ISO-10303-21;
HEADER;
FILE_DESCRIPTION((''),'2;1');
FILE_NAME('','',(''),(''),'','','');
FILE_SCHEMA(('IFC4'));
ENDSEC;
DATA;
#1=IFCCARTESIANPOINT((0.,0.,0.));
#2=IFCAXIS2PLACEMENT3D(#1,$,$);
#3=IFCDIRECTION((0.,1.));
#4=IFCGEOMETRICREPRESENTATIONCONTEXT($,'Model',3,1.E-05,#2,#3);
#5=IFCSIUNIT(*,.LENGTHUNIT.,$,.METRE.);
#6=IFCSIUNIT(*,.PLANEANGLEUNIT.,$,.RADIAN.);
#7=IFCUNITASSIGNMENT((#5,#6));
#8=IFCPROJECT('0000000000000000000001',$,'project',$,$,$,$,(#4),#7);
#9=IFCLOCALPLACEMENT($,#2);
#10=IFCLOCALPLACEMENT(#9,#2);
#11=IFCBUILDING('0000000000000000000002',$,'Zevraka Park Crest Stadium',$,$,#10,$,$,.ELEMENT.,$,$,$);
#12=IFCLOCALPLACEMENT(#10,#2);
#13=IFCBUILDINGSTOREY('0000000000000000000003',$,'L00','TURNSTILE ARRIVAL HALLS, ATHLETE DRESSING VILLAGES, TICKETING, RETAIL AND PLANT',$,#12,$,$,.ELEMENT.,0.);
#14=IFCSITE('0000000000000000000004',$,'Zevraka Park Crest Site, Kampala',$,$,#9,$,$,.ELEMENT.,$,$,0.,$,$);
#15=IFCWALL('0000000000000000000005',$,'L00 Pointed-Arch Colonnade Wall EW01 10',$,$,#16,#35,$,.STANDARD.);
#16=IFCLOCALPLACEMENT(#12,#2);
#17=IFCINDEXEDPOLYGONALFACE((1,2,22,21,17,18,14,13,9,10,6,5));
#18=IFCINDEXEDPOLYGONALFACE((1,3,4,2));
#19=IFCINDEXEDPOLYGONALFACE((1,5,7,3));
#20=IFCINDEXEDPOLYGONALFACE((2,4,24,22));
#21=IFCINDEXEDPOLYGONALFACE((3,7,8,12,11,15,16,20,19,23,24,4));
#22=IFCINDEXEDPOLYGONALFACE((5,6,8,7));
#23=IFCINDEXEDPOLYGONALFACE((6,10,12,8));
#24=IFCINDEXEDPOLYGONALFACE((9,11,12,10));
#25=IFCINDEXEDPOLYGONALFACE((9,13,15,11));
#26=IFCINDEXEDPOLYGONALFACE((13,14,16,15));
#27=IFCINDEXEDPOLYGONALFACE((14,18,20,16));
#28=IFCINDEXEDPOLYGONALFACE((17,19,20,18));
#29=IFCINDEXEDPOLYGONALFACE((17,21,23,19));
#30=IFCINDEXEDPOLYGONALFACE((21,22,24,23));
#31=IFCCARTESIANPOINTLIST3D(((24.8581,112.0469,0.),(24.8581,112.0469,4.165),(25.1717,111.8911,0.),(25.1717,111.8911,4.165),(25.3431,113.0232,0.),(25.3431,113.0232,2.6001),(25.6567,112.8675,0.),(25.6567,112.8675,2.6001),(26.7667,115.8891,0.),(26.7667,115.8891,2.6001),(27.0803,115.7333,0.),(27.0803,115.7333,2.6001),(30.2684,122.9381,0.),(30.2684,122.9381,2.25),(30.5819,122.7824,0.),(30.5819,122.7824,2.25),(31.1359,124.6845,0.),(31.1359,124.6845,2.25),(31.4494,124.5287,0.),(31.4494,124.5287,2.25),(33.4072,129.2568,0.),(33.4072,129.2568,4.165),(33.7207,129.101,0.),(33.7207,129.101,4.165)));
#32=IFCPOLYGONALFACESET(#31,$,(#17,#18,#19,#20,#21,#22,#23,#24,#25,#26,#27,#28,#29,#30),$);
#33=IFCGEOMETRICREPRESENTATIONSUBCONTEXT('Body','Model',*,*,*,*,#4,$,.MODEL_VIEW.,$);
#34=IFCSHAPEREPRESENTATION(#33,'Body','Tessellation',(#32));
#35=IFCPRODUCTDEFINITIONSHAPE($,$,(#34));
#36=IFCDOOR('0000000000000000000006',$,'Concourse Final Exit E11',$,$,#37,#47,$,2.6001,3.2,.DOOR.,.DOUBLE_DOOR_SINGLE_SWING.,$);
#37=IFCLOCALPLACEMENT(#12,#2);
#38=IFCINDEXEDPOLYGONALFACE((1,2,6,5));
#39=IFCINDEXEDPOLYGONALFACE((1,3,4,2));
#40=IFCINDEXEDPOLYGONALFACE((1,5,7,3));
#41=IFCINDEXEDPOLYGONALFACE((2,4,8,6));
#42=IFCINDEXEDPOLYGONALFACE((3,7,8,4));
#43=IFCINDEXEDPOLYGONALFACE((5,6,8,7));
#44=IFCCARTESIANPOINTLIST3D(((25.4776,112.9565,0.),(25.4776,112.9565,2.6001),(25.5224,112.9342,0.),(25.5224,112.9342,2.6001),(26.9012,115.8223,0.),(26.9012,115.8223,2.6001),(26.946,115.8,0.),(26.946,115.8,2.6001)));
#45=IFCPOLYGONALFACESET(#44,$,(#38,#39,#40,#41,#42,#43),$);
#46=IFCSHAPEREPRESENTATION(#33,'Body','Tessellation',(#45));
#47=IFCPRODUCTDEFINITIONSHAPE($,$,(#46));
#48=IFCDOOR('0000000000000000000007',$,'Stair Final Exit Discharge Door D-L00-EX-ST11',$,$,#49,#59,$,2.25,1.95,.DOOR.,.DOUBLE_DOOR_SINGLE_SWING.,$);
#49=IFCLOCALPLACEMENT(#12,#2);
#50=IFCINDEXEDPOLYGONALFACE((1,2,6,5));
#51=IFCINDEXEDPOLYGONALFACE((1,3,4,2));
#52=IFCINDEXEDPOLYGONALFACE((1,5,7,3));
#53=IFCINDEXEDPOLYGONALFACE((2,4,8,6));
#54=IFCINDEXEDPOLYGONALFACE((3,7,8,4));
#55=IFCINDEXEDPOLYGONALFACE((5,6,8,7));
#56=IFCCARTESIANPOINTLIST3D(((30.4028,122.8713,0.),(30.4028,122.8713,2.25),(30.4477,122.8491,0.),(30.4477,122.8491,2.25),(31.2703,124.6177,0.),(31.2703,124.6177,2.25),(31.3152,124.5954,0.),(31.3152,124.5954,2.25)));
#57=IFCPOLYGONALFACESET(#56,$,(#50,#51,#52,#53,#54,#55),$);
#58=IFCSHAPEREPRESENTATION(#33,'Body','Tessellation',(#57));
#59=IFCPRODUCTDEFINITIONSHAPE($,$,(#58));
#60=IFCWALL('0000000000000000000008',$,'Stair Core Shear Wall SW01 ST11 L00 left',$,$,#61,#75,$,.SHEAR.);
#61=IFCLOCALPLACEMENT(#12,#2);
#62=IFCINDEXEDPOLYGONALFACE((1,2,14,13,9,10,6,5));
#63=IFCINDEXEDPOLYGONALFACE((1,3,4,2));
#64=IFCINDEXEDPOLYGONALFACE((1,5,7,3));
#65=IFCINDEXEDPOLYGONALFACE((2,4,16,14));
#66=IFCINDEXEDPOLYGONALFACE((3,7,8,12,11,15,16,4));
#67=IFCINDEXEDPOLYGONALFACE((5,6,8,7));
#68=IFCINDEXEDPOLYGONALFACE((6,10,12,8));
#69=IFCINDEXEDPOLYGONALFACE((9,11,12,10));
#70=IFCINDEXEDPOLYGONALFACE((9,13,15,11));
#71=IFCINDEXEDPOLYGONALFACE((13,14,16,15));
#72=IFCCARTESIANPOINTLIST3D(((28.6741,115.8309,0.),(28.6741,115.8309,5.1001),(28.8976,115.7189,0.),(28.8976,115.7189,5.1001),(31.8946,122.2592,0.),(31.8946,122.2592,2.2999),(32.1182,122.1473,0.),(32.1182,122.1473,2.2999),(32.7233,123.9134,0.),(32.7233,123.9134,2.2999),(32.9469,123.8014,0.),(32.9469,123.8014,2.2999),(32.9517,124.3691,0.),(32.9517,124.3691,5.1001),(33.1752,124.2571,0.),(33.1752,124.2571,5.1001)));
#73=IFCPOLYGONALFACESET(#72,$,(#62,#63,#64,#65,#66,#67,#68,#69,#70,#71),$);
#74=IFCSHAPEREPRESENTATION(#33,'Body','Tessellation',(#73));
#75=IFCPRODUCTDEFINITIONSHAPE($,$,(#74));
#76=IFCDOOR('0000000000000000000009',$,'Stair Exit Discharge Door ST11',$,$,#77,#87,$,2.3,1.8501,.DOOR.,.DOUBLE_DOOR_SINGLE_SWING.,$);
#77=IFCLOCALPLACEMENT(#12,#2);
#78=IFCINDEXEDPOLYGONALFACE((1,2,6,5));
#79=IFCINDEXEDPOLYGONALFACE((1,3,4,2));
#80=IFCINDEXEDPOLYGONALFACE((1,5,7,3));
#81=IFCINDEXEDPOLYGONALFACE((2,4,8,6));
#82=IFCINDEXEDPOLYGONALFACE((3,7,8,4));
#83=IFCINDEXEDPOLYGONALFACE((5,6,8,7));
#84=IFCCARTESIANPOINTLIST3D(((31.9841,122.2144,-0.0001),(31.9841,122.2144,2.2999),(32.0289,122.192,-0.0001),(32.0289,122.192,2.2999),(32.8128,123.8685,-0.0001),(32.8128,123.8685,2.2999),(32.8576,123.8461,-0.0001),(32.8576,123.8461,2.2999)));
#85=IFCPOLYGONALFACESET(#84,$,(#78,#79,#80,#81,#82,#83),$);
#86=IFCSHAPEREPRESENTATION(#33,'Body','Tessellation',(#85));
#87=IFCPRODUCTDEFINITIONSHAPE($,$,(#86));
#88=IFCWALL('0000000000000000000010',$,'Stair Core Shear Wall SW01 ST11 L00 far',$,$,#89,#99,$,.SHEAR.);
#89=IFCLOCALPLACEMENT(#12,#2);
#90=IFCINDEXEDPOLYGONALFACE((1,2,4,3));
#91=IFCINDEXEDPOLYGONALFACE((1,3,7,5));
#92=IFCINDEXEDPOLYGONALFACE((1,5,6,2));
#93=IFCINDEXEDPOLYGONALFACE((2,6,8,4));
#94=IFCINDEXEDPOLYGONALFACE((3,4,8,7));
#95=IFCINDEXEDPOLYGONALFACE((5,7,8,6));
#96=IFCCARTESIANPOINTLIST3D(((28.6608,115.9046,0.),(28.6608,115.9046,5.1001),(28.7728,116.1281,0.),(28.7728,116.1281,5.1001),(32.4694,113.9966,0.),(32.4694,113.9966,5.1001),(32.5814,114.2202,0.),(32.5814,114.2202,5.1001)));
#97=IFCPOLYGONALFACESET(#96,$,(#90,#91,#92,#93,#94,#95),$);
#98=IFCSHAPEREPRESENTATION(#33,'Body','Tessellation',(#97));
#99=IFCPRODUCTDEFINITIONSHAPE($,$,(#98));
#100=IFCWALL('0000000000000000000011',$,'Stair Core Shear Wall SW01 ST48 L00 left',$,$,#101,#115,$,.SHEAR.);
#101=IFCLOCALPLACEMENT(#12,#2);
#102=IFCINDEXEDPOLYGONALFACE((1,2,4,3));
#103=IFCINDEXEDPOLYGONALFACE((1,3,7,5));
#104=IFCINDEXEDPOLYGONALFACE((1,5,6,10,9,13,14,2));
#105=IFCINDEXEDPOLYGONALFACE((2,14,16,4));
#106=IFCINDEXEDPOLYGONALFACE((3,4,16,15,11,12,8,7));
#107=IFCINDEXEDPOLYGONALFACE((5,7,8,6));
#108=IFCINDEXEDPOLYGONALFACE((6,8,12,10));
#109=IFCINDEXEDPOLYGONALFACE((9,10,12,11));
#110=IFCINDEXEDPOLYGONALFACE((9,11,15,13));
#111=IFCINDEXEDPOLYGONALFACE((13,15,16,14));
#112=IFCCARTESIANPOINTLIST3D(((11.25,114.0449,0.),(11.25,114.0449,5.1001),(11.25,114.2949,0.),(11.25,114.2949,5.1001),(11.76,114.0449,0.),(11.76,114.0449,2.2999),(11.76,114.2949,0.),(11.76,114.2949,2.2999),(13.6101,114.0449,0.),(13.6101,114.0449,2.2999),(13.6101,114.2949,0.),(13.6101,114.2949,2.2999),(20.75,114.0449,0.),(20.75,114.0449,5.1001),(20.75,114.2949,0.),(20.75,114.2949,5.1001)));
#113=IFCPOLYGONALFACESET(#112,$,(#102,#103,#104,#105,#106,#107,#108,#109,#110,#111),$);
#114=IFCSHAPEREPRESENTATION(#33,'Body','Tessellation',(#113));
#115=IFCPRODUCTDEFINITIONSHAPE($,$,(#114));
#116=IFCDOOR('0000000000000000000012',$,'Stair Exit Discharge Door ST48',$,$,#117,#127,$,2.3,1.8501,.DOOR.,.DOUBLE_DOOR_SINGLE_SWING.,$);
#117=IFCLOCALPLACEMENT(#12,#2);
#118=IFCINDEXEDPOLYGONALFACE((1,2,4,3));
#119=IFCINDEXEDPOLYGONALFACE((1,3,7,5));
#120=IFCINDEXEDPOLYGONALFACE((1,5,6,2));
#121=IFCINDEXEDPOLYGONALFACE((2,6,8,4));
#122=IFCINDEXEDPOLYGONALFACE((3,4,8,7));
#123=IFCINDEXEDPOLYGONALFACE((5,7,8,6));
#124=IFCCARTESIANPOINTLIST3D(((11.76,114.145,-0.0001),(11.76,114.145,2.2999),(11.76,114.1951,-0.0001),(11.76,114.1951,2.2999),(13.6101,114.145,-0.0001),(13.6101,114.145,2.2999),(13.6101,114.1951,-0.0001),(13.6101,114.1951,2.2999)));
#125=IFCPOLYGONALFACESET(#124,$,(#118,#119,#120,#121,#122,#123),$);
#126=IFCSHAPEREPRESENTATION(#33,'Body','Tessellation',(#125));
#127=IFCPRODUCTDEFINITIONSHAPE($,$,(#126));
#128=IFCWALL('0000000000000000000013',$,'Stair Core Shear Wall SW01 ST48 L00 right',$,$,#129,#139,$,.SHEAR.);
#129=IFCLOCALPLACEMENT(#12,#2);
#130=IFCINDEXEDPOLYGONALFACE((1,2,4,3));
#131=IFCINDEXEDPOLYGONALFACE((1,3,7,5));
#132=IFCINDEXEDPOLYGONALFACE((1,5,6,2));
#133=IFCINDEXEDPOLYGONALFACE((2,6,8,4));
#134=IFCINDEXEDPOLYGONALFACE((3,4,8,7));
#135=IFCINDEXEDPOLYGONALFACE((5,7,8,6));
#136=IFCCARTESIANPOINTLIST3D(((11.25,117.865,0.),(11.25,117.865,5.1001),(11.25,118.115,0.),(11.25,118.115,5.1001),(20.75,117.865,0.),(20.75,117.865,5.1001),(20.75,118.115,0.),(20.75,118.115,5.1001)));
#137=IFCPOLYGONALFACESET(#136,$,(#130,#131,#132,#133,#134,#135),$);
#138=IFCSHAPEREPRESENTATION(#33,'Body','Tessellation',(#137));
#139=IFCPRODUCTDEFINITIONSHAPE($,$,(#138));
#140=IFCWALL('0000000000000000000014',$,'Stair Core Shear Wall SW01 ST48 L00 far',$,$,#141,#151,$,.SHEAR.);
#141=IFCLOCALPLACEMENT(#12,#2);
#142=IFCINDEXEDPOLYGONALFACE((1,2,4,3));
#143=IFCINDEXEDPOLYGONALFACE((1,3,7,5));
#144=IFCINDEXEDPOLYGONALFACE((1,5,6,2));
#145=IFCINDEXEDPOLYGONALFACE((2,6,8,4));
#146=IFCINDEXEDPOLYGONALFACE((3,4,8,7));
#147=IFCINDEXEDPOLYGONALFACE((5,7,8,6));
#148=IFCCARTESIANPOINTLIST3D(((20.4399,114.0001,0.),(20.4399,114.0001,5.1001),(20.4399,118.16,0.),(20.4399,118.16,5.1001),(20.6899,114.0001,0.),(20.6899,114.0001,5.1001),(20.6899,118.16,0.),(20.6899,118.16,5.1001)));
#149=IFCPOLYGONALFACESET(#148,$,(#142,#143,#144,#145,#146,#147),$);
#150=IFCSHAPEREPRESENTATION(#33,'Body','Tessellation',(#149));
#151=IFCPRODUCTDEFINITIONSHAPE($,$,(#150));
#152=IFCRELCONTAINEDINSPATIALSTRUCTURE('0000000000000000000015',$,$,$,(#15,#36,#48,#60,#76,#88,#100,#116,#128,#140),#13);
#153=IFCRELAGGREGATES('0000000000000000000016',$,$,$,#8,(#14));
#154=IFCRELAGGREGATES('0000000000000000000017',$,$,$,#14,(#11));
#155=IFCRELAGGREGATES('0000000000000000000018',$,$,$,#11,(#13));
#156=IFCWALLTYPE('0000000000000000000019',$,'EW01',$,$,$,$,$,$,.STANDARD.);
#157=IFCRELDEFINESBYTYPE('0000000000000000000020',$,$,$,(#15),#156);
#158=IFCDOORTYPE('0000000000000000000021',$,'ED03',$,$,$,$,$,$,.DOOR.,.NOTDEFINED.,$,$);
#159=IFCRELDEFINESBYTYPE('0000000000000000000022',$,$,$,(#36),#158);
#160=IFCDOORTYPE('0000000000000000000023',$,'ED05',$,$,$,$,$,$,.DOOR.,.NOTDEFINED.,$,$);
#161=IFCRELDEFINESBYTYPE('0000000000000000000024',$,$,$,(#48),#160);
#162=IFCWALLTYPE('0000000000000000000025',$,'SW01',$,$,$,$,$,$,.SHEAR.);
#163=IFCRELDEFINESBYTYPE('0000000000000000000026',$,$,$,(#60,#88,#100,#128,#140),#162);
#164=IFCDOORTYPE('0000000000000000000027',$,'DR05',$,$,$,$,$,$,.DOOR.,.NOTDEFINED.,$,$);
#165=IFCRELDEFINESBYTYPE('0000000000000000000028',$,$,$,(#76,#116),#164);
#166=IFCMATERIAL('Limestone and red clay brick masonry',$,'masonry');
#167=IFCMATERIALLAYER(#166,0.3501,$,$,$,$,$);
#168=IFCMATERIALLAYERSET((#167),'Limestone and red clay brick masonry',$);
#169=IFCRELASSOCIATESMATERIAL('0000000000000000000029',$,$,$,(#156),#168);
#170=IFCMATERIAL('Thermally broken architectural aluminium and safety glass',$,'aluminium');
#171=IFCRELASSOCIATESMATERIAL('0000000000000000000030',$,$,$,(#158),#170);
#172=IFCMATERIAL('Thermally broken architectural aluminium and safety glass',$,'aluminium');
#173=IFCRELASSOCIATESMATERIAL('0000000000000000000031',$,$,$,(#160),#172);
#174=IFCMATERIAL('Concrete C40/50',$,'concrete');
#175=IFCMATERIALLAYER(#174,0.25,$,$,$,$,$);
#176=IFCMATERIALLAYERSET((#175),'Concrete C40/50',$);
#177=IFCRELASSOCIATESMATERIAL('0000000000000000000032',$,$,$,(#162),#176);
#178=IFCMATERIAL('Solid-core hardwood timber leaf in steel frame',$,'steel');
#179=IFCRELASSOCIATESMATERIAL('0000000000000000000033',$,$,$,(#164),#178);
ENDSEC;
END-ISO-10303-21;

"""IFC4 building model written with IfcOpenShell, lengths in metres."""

from ifc_helpers import new_model, si_unit, direction, frame, frame_2d, origin, place, context, subcontext, project, spatial, rectangle, extrude, material, layer, layer_set, type_object, element, fill, save


model = new_model("IFC4")

# Units and contexts
model_context = context("Model", 3, precision=1e-05, world=origin(), true_north=direction((0.0, 1.0)))
body_context = subcontext(model_context, "Body", "Model", "MODEL_VIEW")
ifc_project = project(units=[si_unit("LENGTHUNIT", "METRE"), si_unit("PLANEANGLEUNIT", "RADIAN")], contexts=[model_context])

# Site, building, storey
site_placement = place(None, origin())
site = spatial("IfcSite", under=ifc_project, at=site_placement, Name="Zevraka Park Crest Site, Kampala", CompositionType="ELEMENT", RefElevation=0.0)
building_placement = place(site_placement, origin())
building = spatial("IfcBuilding", under=site, at=building_placement, Name="Zevraka Park Crest Stadium", CompositionType="ELEMENT")
storey_placement = place(building_placement, origin())
storey = spatial("IfcBuildingStorey", under=building, at=storey_placement, Name="L00", Description="TURNSTILE ARRIVAL HALLS, ATHLETE DRESSING VILLAGES, TICKETING, RETAIL AND PLANT", CompositionType="ELEMENT", Elevation=0.0)

# Wall, openings, doors
ifc_material_1 = material(Name="Limestone and red clay brick masonry", Category="masonry")
ifc_layer_1 = layer(ifc_material_1, 0.3501)
ifc_layer_set_1 = layer_set([ifc_layer_1], Name="Limestone and red clay brick masonry")
wall_type_1 = type_object("IfcWallType", Name="EW01", PredefinedType="STANDARD", material=ifc_layer_set_1)
wall_1_placement = place(storey_placement, frame((25.0149, 111.969, 0.0), z_axis=(0.0, 0.0, 1.0), x_axis=(0.444885, 0.895588, 0.0)))
wall_1 = element("IfcWall", 1, at=wall_1_placement, inside=storey, type_object=wall_type_1, Name="L00 Pointed-Arch Colonnade Wall EW01 10", PredefinedType="STANDARD", context=body_context, shape_type="SweptSolid", body=[
    extrude(rectangle(XDim=19.2163, YDim=0.3501, at=frame_2d((9.6082, 0.0))), origin(), (0.0, 0.0, 1.0), 4.165),
])
opening_1_placement = place(wall_1_placement, frame((12.1609, 0.0, 0.0)))
opening_1 = element("IfcOpeningElement", 2, at=opening_1_placement, cuts=wall_1, PredefinedType="OPENING", context=body_context, shape_type="SweptSolid", body=[
    extrude(rectangle(XDim=1.95, YDim=2.25, at=frame_2d((0.9751, 1.125))), frame((0.0, 0.1851, 0.0), z_axis=(0.0, -1.0, 0.0), x_axis=(1.0, 0.0, 0.0)), (0.0, 0.0, 1.0), 0.3701),
])
opening_2_placement = place(wall_1_placement, frame((1.0901, 0.0, 0.0)))
opening_2 = element("IfcOpeningElement", 3, at=opening_2_placement, cuts=wall_1, PredefinedType="OPENING", context=body_context, shape_type="SweptSolid", body=[
    extrude(rectangle(XDim=3.2, YDim=2.6001, at=frame_2d((1.6001, 1.3))), frame((0.0, 0.1851, 0.0), z_axis=(0.0, -1.0, 0.0), x_axis=(1.0, 0.0, 0.0)), (0.0, 0.0, 1.0), 0.3701),
])
ifc_material_2 = material(Name="Thermally broken architectural aluminium and safety glass", Category="aluminium")
door_type_1 = type_object("IfcDoorType", Name="ED03", OperationType="NOTDEFINED", PredefinedType="DOOR", material=ifc_material_2)
door_1_placement = place(opening_2_placement, origin())
door_1 = element("IfcDoor", 4, at=door_1_placement, inside=storey, type_object=door_type_1, Name="Concourse Final Exit E11", OperationType="DOUBLE_DOOR_SINGLE_SWING", OverallHeight=2.6001, OverallWidth=3.2, PredefinedType="DOOR", context=body_context, shape_type="SweptSolid", body=[
    extrude(rectangle(XDim=3.2, YDim=2.6001, at=frame_2d((1.6001, 1.3))), frame((0.0, 0.0249, 0.0), z_axis=(0.0, -1.0, 0.0), x_axis=(1.0, 0.0, 0.0)), (0.0, 0.0, 1.0), 0.05),
])
fill(opening_2, door_1)
ifc_material_3 = material(Name="Thermally broken architectural aluminium and safety glass", Category="aluminium")
door_type_2 = type_object("IfcDoorType", Name="ED05", OperationType="NOTDEFINED", PredefinedType="DOOR", material=ifc_material_3)
door_2_placement = place(opening_1_placement, origin())
door_2 = element("IfcDoor", 5, at=door_2_placement, inside=storey, type_object=door_type_2, Name="Stair Final Exit Discharge Door D-L00-EX-ST11", OperationType="DOUBLE_DOOR_SINGLE_SWING", OverallHeight=2.25, OverallWidth=1.95, PredefinedType="DOOR", context=body_context, shape_type="SweptSolid", body=[
    extrude(rectangle(XDim=1.95, YDim=2.25, at=frame_2d((0.9751, 1.125))), frame((0.0, 0.0249, 0.0), z_axis=(0.0, -1.0, 0.0), x_axis=(1.0, 0.0, 0.0)), (0.0, 0.0, 1.0), 0.05),
])
fill(opening_1, door_2)

# Wall, opening, door
ifc_material_4 = material(Name="Concrete C40/50", Category="concrete")
ifc_layer_2 = layer(ifc_material_4, 0.25)
ifc_layer_set_2 = layer_set([ifc_layer_2], Name="Concrete C40/50")
wall_type_2 = type_object("IfcWallType", Name="SW01", PredefinedType="SHEAR", material=ifc_layer_set_2)
wall_2_placement = place(storey_placement, frame((28.7859, 115.7749, 0.0), z_axis=(0.0, 0.0, 1.0), x_axis=(0.447919, 0.894074, 0.0)))
wall_2 = element("IfcWall", 6, at=wall_2_placement, inside=storey, type_object=wall_type_2, Name="Stair Core Shear Wall SW01 ST11 L00 left", PredefinedType="SHEAR", context=body_context, shape_type="SweptSolid", body=[
    extrude(rectangle(XDim=9.5498, YDim=0.25, at=frame_2d((4.7749, 0.0))), origin(), (0.0, 0.0, 1.0), 5.1001),
])
opening_3_placement = place(wall_2_placement, frame((7.1899, 0.0, 0.0)))
opening_3 = element("IfcOpeningElement", 7, at=opening_3_placement, cuts=wall_2, PredefinedType="OPENING", context=body_context, shape_type="SweptSolid", body=[
    extrude(rectangle(XDim=1.8501, YDim=2.3, at=frame_2d((0.925, 1.1499))), frame((0.0, 0.135, 0.0), z_axis=(0.0, -1.0, 0.0), x_axis=(1.0, 0.0, 0.0)), (0.0, 0.0, 1.0), 0.27),
])
ifc_material_5 = material(Name="Solid-core hardwood timber leaf in steel frame", Category="steel")
door_type_3 = type_object("IfcDoorType", Name="DR05", OperationType="NOTDEFINED", PredefinedType="DOOR", material=ifc_material_5)
door_3_placement = place(opening_3_placement, origin())
door_3 = element("IfcDoor", 8, at=door_3_placement, inside=storey, type_object=door_type_3, Name="Stair Exit Discharge Door ST11", OperationType="DOUBLE_DOOR_SINGLE_SWING", OverallHeight=2.3, OverallWidth=1.8501, PredefinedType="DOOR", context=body_context, shape_type="SweptSolid", body=[
    extrude(rectangle(XDim=1.8501, YDim=2.3, at=frame_2d((0.925, 1.1499))), frame((0.0, 0.0249, 0.0), z_axis=(0.0, -1.0, 0.0), x_axis=(1.0, 0.0, 0.0)), (0.0, 0.0, 1.0), 0.05),
])
fill(opening_3, door_3)

# Wall
wall_3_placement = place(storey_placement, frame((28.7168, 116.0164, 0.0), z_axis=(0.0, 0.0, 1.0), x_axis=(0.894083, -0.447901, 0.0)))
element("IfcWall", 9, at=wall_3_placement, inside=storey, type_object=wall_type_2, Name="Stair Core Shear Wall SW01 ST11 L00 far", PredefinedType="SHEAR", context=body_context, shape_type="SweptSolid", body=[
    extrude(rectangle(XDim=4.2598, YDim=0.25, at=frame_2d((2.1299, 0.0))), origin(), (0.0, 0.0, 1.0), 5.1001),
])

# Wall, opening, door
wall_4_placement = place(storey_placement, frame((20.75, 114.1699, 0.0), z_axis=(0.0, 0.0, 1.0), x_axis=(-1.0, 0.0, 0.0)))
wall_4 = element("IfcWall", 10, at=wall_4_placement, inside=storey, type_object=wall_type_2, Name="Stair Core Shear Wall SW01 ST48 L00 left", PredefinedType="SHEAR", context=body_context, shape_type="SweptSolid", body=[
    extrude(rectangle(XDim=9.5, YDim=0.25, at=frame_2d((4.75, 0.0))), origin(), (0.0, 0.0, 1.0), 5.1001),
])
opening_4_placement = place(wall_4_placement, frame((7.1399, 0.0, 0.0)))
opening_4 = element("IfcOpeningElement", 11, at=opening_4_placement, cuts=wall_4, PredefinedType="OPENING", context=body_context, shape_type="SweptSolid", body=[
    extrude(rectangle(XDim=1.8501, YDim=2.3, at=frame_2d((0.925, 1.1499))), frame((0.0, 0.135, 0.0), z_axis=(0.0, -1.0, 0.0), x_axis=(1.0, 0.0, 0.0)), (0.0, 0.0, 1.0), 0.27),
])
door_4_placement = place(opening_4_placement, origin())
door_4 = element("IfcDoor", 12, at=door_4_placement, inside=storey, type_object=door_type_3, Name="Stair Exit Discharge Door ST48", OperationType="DOUBLE_DOOR_SINGLE_SWING", OverallHeight=2.3, OverallWidth=1.8501, PredefinedType="DOOR", context=body_context, shape_type="SweptSolid", body=[
    extrude(rectangle(XDim=1.8501, YDim=2.3, at=frame_2d((0.925, 1.1499))), frame((0.0, 0.0249, 0.0), z_axis=(0.0, -1.0, 0.0), x_axis=(1.0, 0.0, 0.0)), (0.0, 0.0, 1.0), 0.05),
])
fill(opening_4, door_4)

# Walls
wall_5_placement = place(storey_placement, frame((20.75, 117.99, 0.0), z_axis=(0.0, 0.0, 1.0), x_axis=(-1.0, 0.0, 0.0)))
element("IfcWall", 13, at=wall_5_placement, inside=storey, type_object=wall_type_2, Name="Stair Core Shear Wall SW01 ST48 L00 right", PredefinedType="SHEAR", context=body_context, shape_type="SweptSolid", body=[
    extrude(rectangle(XDim=9.5, YDim=0.25, at=frame_2d((4.75, 0.0))), origin(), (0.0, 0.0, 1.0), 5.1001),
])
wall_6_placement = place(storey_placement, frame((20.5649, 114.0, 0.0), z_axis=(0.0, 0.0, 1.0), x_axis=(0.0, 1.0, 0.0)))
element("IfcWall", 14, at=wall_6_placement, inside=storey, type_object=wall_type_2, Name="Stair Core Shear Wall SW01 ST48 L00 far", PredefinedType="SHEAR", context=body_context, shape_type="SweptSolid", body=[
    extrude(rectangle(XDim=4.1599, YDim=0.25, at=frame_2d((2.0801, 0.0))), origin(), (0.0, 0.0, 1.0), 5.1001),
])

save(model, "model.ifc")
